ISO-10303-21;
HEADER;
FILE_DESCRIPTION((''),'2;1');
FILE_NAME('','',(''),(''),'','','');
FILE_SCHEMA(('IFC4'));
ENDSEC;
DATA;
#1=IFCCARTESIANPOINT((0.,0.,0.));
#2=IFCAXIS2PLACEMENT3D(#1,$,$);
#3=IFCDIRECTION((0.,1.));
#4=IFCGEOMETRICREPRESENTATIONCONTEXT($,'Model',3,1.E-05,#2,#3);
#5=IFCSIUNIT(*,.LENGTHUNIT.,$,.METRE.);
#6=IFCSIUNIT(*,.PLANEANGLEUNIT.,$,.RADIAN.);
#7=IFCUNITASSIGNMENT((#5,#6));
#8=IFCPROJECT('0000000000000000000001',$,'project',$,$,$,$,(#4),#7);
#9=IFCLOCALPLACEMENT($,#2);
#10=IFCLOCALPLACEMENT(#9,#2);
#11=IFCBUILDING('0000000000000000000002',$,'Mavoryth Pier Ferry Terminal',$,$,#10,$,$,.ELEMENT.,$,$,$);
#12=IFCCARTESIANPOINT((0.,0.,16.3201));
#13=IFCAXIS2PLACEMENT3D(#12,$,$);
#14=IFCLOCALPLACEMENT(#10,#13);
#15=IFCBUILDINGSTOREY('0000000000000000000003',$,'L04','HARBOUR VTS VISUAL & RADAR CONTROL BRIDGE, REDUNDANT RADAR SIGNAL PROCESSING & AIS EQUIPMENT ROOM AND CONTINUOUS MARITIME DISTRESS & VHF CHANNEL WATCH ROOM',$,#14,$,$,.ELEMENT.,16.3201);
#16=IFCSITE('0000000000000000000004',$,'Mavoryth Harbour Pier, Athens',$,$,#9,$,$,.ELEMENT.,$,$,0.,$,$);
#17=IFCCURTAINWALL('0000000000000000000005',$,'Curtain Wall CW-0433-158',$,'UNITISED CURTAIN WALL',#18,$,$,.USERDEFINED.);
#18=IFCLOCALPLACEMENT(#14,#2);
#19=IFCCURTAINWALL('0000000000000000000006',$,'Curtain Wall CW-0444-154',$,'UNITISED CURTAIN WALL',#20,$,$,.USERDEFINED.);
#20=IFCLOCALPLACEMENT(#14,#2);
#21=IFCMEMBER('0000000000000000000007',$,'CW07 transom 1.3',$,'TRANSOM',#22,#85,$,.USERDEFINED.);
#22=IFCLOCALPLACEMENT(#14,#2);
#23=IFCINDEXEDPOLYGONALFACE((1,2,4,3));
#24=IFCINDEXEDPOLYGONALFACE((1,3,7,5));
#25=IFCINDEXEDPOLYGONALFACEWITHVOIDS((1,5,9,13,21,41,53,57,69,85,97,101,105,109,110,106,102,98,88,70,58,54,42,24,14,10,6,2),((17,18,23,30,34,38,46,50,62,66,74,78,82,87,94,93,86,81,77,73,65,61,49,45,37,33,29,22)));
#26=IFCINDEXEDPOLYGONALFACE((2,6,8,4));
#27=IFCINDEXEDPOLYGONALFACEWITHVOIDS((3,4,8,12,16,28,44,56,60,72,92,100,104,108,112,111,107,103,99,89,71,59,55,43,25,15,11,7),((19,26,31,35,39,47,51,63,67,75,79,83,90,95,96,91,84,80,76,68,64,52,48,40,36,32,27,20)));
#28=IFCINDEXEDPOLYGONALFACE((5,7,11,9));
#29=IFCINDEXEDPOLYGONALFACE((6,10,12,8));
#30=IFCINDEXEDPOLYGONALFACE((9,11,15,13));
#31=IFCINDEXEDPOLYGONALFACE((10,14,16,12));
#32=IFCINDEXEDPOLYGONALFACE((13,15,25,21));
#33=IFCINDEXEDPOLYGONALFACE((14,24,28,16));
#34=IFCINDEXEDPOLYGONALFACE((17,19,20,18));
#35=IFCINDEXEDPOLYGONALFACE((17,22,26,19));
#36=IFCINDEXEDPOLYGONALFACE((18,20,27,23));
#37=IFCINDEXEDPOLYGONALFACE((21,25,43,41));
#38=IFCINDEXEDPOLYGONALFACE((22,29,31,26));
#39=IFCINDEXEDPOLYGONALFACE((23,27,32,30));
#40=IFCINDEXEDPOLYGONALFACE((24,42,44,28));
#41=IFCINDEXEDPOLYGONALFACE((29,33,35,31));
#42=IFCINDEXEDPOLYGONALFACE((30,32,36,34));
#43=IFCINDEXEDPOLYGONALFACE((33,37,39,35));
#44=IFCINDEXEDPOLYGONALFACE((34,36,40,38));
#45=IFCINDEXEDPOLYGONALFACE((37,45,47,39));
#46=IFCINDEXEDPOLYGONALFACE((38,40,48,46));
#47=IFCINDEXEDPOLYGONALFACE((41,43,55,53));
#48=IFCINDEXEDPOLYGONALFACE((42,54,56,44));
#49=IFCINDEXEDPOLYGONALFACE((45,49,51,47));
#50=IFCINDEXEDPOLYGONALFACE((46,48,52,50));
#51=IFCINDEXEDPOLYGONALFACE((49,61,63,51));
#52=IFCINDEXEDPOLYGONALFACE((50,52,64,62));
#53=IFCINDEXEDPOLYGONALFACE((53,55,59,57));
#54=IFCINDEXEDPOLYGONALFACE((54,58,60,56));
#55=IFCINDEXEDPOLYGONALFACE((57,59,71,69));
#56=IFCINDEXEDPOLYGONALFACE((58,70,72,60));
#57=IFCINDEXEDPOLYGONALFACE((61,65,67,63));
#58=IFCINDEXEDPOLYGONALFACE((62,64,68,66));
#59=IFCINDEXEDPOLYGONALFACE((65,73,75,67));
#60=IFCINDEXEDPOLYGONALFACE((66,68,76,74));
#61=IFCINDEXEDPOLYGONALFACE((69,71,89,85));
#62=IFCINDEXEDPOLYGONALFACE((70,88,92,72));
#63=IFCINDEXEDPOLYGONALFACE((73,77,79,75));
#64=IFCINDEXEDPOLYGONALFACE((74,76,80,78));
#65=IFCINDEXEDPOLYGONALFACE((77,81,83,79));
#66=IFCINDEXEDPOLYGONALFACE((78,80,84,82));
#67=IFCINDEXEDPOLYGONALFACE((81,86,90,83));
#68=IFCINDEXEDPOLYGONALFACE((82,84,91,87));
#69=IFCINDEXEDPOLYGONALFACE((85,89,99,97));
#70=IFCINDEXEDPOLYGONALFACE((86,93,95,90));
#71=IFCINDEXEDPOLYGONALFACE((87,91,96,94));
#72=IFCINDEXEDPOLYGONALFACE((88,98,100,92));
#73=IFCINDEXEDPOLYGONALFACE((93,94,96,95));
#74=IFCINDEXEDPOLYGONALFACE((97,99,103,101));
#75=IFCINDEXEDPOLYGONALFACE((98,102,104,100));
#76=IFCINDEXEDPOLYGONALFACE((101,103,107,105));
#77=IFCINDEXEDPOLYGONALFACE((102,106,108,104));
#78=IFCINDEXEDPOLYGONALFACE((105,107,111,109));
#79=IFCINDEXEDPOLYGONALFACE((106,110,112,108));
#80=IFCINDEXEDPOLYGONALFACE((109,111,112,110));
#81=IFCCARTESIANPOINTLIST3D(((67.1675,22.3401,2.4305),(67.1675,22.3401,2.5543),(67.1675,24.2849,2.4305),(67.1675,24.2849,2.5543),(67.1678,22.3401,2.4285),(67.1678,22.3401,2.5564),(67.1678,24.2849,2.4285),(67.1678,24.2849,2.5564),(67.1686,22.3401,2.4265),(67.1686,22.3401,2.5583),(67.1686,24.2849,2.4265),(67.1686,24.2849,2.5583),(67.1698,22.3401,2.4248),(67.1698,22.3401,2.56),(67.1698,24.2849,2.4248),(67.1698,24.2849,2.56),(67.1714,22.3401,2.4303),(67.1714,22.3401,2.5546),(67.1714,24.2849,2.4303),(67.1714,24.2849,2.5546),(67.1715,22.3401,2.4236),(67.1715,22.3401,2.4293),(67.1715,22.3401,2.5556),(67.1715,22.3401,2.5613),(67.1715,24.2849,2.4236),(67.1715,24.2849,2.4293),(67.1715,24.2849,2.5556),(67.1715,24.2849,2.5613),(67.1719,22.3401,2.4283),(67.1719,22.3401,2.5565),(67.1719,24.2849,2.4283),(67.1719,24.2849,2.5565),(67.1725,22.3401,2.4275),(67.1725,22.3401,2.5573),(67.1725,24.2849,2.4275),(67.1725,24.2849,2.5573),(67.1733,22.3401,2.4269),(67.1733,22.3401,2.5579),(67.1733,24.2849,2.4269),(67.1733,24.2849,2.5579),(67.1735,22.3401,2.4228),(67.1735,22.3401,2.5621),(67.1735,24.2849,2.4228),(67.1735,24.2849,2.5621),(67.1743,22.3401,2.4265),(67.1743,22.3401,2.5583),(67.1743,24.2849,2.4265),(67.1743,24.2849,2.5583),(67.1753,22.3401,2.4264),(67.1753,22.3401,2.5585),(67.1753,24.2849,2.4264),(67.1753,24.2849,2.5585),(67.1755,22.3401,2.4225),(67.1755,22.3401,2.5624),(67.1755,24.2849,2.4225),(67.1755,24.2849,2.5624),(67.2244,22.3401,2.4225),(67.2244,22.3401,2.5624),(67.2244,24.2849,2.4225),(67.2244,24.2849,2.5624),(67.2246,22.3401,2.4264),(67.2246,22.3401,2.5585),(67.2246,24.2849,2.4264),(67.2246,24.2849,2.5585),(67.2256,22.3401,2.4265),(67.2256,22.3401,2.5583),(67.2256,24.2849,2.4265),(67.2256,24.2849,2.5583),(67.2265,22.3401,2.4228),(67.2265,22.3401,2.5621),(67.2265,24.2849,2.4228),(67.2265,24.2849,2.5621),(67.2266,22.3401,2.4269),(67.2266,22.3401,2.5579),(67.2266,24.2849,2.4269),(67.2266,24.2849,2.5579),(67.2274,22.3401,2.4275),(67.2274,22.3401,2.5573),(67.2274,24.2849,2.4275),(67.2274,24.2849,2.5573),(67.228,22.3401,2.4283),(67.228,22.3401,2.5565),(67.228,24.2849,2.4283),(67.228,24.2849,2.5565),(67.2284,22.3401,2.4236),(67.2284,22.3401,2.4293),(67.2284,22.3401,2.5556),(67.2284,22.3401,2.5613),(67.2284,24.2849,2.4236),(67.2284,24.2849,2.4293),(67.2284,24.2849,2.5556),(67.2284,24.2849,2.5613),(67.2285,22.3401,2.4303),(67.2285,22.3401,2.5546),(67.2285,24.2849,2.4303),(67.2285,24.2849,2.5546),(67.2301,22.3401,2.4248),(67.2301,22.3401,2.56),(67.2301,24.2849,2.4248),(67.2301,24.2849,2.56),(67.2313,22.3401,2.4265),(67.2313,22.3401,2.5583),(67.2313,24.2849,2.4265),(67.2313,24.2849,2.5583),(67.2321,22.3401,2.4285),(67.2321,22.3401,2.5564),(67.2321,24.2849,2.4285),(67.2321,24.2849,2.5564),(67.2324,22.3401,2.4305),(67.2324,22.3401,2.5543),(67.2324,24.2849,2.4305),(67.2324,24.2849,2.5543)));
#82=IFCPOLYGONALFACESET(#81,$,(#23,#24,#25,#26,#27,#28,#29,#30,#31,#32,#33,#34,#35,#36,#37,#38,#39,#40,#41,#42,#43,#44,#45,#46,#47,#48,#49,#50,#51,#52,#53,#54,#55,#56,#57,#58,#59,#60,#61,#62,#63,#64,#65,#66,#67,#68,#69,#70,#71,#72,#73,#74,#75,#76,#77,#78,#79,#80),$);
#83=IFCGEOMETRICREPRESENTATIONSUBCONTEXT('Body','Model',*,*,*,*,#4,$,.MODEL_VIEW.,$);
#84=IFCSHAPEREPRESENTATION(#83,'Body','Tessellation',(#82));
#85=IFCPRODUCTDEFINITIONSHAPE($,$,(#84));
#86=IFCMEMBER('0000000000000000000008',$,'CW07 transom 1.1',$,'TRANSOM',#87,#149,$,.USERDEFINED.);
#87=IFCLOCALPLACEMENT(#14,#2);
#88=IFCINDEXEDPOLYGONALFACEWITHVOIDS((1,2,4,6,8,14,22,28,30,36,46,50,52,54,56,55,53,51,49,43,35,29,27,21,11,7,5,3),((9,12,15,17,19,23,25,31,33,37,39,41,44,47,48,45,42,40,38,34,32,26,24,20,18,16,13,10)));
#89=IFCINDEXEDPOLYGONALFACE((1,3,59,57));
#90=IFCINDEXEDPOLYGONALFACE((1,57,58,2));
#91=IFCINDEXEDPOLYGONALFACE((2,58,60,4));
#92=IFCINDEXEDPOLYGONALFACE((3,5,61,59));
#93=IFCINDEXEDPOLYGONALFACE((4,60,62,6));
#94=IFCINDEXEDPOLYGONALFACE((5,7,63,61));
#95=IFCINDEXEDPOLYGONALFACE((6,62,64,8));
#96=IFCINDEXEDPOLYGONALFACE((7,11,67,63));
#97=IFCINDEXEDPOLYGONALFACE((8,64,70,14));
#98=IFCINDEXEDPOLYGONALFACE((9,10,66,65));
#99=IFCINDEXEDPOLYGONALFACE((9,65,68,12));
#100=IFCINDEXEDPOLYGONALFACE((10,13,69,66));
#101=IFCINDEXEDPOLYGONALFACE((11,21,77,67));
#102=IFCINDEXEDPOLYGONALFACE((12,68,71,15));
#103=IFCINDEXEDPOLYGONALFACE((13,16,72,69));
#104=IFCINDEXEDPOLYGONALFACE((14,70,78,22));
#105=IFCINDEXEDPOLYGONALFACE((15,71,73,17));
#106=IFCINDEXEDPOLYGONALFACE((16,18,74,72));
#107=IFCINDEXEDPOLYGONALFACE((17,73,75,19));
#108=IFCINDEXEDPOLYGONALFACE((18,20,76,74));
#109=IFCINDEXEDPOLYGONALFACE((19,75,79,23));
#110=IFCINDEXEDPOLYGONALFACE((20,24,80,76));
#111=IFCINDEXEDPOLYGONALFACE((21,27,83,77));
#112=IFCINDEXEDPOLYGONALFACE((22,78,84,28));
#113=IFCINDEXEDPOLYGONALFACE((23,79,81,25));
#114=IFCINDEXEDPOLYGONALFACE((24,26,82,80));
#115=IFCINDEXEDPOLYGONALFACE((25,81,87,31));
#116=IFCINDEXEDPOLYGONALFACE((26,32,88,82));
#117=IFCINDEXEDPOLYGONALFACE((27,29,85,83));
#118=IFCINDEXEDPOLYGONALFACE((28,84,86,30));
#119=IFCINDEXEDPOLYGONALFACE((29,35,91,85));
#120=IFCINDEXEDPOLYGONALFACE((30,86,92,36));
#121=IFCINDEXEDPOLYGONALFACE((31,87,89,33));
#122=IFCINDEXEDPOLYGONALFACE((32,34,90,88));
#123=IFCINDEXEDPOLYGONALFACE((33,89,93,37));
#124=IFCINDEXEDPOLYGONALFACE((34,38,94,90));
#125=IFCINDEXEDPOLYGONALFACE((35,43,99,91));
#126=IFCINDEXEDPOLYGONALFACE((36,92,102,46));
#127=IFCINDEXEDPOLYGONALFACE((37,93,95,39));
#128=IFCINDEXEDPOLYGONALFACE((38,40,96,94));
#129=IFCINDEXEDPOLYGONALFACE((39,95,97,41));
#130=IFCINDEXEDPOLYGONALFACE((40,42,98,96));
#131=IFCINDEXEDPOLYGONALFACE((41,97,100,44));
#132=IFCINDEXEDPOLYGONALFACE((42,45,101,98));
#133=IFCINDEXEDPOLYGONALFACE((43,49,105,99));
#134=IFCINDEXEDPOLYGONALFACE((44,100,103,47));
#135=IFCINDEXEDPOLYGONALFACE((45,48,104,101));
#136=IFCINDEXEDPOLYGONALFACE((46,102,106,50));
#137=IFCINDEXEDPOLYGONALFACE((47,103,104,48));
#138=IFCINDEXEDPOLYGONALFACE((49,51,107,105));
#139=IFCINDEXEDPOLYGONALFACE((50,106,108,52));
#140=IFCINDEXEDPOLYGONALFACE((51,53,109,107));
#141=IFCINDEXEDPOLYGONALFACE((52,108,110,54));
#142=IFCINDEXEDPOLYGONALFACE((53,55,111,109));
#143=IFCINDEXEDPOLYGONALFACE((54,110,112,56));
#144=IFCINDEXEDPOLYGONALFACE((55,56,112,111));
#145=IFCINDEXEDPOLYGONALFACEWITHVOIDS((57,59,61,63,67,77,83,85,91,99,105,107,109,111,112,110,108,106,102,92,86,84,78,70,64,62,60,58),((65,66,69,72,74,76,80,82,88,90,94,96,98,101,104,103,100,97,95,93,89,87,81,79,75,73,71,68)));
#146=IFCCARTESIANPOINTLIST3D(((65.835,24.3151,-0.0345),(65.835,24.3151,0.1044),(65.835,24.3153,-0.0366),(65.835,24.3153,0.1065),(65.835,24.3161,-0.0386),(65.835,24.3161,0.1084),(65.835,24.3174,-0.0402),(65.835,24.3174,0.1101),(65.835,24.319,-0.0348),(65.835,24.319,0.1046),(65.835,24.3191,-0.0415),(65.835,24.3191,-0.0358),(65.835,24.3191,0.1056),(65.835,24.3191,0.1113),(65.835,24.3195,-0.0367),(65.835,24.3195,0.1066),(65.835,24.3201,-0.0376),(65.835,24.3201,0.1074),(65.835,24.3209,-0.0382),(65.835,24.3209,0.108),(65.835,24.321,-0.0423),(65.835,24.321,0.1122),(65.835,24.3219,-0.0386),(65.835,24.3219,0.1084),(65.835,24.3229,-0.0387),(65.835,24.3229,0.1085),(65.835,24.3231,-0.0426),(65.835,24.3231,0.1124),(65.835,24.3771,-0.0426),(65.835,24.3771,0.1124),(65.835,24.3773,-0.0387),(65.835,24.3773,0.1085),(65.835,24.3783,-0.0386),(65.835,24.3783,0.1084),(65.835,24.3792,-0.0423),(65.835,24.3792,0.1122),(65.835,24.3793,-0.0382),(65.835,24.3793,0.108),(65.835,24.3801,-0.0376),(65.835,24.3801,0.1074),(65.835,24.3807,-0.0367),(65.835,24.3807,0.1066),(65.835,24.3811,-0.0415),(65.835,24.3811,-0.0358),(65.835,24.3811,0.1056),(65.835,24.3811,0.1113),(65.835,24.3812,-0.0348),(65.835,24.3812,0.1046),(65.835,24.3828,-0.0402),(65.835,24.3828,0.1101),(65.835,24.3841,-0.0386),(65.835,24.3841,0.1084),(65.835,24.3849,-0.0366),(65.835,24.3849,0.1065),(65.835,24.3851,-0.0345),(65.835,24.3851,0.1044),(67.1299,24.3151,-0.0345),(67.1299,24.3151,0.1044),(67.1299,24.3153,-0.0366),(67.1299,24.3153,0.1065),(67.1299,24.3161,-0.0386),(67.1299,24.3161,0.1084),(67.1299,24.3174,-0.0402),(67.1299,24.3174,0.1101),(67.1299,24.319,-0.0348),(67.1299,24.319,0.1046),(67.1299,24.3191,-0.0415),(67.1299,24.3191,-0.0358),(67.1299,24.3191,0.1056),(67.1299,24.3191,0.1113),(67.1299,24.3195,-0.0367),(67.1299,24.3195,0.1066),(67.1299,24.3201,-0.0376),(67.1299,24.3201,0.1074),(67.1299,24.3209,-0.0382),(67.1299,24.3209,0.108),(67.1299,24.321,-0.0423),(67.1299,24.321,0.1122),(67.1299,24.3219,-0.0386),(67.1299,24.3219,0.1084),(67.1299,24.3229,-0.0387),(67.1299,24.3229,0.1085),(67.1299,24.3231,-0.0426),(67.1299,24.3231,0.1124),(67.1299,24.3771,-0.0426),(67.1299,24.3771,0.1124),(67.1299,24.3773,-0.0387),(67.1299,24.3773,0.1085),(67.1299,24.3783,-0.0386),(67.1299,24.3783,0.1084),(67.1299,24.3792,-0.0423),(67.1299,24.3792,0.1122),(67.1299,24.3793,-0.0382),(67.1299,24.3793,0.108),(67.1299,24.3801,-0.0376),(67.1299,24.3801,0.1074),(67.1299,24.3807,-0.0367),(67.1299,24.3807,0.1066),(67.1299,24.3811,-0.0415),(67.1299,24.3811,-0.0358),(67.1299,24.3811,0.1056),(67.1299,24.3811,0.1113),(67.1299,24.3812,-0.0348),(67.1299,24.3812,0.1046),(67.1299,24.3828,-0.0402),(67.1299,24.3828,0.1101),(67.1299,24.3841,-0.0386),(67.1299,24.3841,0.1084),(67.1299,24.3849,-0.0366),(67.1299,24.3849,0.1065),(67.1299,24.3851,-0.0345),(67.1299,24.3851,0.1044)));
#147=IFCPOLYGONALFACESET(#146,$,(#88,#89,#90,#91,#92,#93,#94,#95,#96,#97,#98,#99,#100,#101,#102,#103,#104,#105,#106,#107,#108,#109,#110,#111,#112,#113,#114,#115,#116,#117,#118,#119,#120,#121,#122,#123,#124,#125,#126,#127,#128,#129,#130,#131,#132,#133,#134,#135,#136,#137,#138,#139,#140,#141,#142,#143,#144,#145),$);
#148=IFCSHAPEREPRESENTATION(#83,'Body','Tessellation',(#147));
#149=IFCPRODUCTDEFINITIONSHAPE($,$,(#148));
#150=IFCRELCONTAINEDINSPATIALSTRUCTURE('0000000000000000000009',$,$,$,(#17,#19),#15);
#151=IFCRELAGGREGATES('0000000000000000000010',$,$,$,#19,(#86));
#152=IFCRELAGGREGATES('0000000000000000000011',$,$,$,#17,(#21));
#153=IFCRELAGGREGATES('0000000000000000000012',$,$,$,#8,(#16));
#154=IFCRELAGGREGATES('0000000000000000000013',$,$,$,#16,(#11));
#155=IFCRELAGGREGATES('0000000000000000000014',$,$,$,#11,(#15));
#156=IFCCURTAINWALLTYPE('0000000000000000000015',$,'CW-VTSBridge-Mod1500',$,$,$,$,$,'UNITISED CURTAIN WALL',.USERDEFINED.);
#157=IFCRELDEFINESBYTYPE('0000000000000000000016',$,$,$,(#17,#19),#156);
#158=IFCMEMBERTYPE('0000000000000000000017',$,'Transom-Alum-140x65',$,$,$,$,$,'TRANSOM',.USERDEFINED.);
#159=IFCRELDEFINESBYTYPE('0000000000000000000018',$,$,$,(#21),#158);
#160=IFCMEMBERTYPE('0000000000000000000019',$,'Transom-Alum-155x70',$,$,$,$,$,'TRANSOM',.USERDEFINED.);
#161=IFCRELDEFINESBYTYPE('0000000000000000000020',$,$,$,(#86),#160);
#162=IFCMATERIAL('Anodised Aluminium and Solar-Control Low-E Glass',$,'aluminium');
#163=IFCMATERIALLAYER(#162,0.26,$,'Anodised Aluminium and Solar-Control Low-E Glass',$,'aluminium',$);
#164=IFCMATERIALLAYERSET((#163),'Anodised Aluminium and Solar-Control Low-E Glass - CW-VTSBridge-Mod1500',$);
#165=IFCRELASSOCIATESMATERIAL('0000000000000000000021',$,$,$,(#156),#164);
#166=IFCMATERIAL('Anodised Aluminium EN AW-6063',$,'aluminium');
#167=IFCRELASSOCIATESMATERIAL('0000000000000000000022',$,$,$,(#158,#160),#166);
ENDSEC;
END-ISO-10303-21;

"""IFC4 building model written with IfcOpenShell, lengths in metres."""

from ifc_helpers import new_model, si_unit, direction, frame, origin, origin_2d, place, context, subcontext, project, spatial, hollow_rectangle, extrude, material, layer, layer_set, material_profile, profile_set, type_object, element, aggregate, save


model = new_model("IFC4")

# Units and contexts
model_context = context("Model", 3, precision=1e-05, world=origin(), true_north=direction((0.0, 1.0)))
body_context = subcontext(model_context, "Body", "Model", "MODEL_VIEW")
ifc_project = project(units=[si_unit("LENGTHUNIT", "METRE"), si_unit("PLANEANGLEUNIT", "RADIAN")], contexts=[model_context])

# Site, building, storey
site_placement = place(None, origin())
site = spatial("IfcSite", under=ifc_project, at=site_placement, Name="Mavoryth Harbour Pier, Athens", CompositionType="ELEMENT", RefElevation=0.0)
building_placement = place(site_placement, origin())
building = spatial("IfcBuilding", under=site, at=building_placement, Name="Mavoryth Pier Ferry Terminal", CompositionType="ELEMENT")
storey_placement = place(building_placement, frame((0.0, 0.0, 16.3201)))
storey = spatial("IfcBuildingStorey", under=building, at=storey_placement, Name="L04", Description="HARBOUR VTS VISUAL & RADAR CONTROL BRIDGE, REDUNDANT RADAR SIGNAL PROCESSING & AIS EQUIPMENT ROOM AND CONTINUOUS MARITIME DISTRESS & VHF CHANNEL WATCH ROOM", CompositionType="ELEMENT", Elevation=16.3201)

# Shared definitions
ifc_material_1 = material(Name="Anodised Aluminium and Solar-Control Low-E Glass", Category="aluminium")
ifc_layer_1 = layer(ifc_material_1, 0.26, Name="Anodised Aluminium and Solar-Control Low-E Glass", Category="aluminium")
ifc_layer_set_1 = layer_set([ifc_layer_1], Name="Anodised Aluminium and Solar-Control Low-E Glass - CW-VTSBridge-Mod1500")
curtain_wall_type = type_object("IfcCurtainWallType", Name="CW-VTSBridge-Mod1500", ElementType="UNITISED CURTAIN WALL", PredefinedType="USERDEFINED", material=ifc_layer_set_1)
ifc_material_2 = material(Name="Anodised Aluminium EN AW-6063", Category="aluminium")

# Curtain walls
curtain_wall_1_placement = place(storey_placement, origin())
curtain_wall_1 = element("IfcCurtainWall", 1, at=curtain_wall_1_placement, inside=storey, type_object=curtain_wall_type, Name="Curtain Wall CW-0433-158", ObjectType="UNITISED CURTAIN WALL", PredefinedType="USERDEFINED")
curtain_wall_2_placement = place(storey_placement, origin())
curtain_wall_2 = element("IfcCurtainWall", 2, at=curtain_wall_2_placement, inside=storey, type_object=curtain_wall_type, Name="Curtain Wall CW-0444-154", ObjectType="UNITISED CURTAIN WALL", PredefinedType="USERDEFINED")

# Members
ifc_material_profile_1 = material_profile(ifc_material_2, hollow_rectangle(XDim=0.0649, YDim=0.1399, WallThickness=0.0039, InnerFilletRadius=0.0039, OuterFilletRadius=0.0081, at=origin_2d()), Name="AL-TRAN 140x65x4", Category="aluminium")
ifc_profile_set_1 = profile_set([ifc_material_profile_1], Name="Anodised Aluminium EN AW-6063 - AL-TRAN 140x65x4")
member_type_1 = type_object("IfcMemberType", Name="Transom-Alum-140x65", ElementType="TRANSOM", PredefinedType="USERDEFINED", material=ifc_profile_set_1)
member_1_placement = place(storey_placement, frame((67.2, 22.3401, 2.4924), z_axis=(0.0, 1.0, 0.0), x_axis=(-1.0, 0.0, 0.0)))
member_1 = element("IfcMember", 3, at=member_1_placement, type_object=member_type_1, Name="CW07 transom 1.3", ObjectType="TRANSOM", PredefinedType="USERDEFINED", context=body_context, shape_type="SweptSolid", body=[
    extrude(hollow_rectangle(XDim=0.0649, YDim=0.1399, WallThickness=0.0039, InnerFilletRadius=0.0039, OuterFilletRadius=0.0081, at=origin_2d()), origin(), (0.0, 0.0, 1.0), 1.9448),
])
ifc_material_profile_2 = material_profile(ifc_material_2, hollow_rectangle(XDim=0.0701, YDim=0.155, WallThickness=0.0039, InnerFilletRadius=0.0039, OuterFilletRadius=0.0081, at=origin_2d()), Name="AL-TRAN 155x70x4", Category="aluminium")
ifc_profile_set_2 = profile_set([ifc_material_profile_2], Name="Anodised Aluminium EN AW-6063 - AL-TRAN 155x70x4")
member_type_2 = type_object("IfcMemberType", Name="Transom-Alum-155x70", ElementType="TRANSOM", PredefinedType="USERDEFINED", material=ifc_profile_set_2)
member_2_placement = place(storey_placement, frame((67.1299, 24.3501, 0.0349), z_axis=(-1.0, 0.0, 0.0), x_axis=(0.0, -1.0, 0.0)))
member_2 = element("IfcMember", 4, at=member_2_placement, type_object=member_type_2, Name="CW07 transom 1.1", ObjectType="TRANSOM", PredefinedType="USERDEFINED", context=body_context, shape_type="SweptSolid", body=[
    extrude(hollow_rectangle(XDim=0.0701, YDim=0.155, WallThickness=0.0039, InnerFilletRadius=0.0039, OuterFilletRadius=0.0081, at=origin_2d()), origin(), (0.0, 0.0, 1.0), 1.2949),
])

aggregate(curtain_wall_2, [member_2])
aggregate(curtain_wall_1, [member_1])

save(model, "model.ifc")
